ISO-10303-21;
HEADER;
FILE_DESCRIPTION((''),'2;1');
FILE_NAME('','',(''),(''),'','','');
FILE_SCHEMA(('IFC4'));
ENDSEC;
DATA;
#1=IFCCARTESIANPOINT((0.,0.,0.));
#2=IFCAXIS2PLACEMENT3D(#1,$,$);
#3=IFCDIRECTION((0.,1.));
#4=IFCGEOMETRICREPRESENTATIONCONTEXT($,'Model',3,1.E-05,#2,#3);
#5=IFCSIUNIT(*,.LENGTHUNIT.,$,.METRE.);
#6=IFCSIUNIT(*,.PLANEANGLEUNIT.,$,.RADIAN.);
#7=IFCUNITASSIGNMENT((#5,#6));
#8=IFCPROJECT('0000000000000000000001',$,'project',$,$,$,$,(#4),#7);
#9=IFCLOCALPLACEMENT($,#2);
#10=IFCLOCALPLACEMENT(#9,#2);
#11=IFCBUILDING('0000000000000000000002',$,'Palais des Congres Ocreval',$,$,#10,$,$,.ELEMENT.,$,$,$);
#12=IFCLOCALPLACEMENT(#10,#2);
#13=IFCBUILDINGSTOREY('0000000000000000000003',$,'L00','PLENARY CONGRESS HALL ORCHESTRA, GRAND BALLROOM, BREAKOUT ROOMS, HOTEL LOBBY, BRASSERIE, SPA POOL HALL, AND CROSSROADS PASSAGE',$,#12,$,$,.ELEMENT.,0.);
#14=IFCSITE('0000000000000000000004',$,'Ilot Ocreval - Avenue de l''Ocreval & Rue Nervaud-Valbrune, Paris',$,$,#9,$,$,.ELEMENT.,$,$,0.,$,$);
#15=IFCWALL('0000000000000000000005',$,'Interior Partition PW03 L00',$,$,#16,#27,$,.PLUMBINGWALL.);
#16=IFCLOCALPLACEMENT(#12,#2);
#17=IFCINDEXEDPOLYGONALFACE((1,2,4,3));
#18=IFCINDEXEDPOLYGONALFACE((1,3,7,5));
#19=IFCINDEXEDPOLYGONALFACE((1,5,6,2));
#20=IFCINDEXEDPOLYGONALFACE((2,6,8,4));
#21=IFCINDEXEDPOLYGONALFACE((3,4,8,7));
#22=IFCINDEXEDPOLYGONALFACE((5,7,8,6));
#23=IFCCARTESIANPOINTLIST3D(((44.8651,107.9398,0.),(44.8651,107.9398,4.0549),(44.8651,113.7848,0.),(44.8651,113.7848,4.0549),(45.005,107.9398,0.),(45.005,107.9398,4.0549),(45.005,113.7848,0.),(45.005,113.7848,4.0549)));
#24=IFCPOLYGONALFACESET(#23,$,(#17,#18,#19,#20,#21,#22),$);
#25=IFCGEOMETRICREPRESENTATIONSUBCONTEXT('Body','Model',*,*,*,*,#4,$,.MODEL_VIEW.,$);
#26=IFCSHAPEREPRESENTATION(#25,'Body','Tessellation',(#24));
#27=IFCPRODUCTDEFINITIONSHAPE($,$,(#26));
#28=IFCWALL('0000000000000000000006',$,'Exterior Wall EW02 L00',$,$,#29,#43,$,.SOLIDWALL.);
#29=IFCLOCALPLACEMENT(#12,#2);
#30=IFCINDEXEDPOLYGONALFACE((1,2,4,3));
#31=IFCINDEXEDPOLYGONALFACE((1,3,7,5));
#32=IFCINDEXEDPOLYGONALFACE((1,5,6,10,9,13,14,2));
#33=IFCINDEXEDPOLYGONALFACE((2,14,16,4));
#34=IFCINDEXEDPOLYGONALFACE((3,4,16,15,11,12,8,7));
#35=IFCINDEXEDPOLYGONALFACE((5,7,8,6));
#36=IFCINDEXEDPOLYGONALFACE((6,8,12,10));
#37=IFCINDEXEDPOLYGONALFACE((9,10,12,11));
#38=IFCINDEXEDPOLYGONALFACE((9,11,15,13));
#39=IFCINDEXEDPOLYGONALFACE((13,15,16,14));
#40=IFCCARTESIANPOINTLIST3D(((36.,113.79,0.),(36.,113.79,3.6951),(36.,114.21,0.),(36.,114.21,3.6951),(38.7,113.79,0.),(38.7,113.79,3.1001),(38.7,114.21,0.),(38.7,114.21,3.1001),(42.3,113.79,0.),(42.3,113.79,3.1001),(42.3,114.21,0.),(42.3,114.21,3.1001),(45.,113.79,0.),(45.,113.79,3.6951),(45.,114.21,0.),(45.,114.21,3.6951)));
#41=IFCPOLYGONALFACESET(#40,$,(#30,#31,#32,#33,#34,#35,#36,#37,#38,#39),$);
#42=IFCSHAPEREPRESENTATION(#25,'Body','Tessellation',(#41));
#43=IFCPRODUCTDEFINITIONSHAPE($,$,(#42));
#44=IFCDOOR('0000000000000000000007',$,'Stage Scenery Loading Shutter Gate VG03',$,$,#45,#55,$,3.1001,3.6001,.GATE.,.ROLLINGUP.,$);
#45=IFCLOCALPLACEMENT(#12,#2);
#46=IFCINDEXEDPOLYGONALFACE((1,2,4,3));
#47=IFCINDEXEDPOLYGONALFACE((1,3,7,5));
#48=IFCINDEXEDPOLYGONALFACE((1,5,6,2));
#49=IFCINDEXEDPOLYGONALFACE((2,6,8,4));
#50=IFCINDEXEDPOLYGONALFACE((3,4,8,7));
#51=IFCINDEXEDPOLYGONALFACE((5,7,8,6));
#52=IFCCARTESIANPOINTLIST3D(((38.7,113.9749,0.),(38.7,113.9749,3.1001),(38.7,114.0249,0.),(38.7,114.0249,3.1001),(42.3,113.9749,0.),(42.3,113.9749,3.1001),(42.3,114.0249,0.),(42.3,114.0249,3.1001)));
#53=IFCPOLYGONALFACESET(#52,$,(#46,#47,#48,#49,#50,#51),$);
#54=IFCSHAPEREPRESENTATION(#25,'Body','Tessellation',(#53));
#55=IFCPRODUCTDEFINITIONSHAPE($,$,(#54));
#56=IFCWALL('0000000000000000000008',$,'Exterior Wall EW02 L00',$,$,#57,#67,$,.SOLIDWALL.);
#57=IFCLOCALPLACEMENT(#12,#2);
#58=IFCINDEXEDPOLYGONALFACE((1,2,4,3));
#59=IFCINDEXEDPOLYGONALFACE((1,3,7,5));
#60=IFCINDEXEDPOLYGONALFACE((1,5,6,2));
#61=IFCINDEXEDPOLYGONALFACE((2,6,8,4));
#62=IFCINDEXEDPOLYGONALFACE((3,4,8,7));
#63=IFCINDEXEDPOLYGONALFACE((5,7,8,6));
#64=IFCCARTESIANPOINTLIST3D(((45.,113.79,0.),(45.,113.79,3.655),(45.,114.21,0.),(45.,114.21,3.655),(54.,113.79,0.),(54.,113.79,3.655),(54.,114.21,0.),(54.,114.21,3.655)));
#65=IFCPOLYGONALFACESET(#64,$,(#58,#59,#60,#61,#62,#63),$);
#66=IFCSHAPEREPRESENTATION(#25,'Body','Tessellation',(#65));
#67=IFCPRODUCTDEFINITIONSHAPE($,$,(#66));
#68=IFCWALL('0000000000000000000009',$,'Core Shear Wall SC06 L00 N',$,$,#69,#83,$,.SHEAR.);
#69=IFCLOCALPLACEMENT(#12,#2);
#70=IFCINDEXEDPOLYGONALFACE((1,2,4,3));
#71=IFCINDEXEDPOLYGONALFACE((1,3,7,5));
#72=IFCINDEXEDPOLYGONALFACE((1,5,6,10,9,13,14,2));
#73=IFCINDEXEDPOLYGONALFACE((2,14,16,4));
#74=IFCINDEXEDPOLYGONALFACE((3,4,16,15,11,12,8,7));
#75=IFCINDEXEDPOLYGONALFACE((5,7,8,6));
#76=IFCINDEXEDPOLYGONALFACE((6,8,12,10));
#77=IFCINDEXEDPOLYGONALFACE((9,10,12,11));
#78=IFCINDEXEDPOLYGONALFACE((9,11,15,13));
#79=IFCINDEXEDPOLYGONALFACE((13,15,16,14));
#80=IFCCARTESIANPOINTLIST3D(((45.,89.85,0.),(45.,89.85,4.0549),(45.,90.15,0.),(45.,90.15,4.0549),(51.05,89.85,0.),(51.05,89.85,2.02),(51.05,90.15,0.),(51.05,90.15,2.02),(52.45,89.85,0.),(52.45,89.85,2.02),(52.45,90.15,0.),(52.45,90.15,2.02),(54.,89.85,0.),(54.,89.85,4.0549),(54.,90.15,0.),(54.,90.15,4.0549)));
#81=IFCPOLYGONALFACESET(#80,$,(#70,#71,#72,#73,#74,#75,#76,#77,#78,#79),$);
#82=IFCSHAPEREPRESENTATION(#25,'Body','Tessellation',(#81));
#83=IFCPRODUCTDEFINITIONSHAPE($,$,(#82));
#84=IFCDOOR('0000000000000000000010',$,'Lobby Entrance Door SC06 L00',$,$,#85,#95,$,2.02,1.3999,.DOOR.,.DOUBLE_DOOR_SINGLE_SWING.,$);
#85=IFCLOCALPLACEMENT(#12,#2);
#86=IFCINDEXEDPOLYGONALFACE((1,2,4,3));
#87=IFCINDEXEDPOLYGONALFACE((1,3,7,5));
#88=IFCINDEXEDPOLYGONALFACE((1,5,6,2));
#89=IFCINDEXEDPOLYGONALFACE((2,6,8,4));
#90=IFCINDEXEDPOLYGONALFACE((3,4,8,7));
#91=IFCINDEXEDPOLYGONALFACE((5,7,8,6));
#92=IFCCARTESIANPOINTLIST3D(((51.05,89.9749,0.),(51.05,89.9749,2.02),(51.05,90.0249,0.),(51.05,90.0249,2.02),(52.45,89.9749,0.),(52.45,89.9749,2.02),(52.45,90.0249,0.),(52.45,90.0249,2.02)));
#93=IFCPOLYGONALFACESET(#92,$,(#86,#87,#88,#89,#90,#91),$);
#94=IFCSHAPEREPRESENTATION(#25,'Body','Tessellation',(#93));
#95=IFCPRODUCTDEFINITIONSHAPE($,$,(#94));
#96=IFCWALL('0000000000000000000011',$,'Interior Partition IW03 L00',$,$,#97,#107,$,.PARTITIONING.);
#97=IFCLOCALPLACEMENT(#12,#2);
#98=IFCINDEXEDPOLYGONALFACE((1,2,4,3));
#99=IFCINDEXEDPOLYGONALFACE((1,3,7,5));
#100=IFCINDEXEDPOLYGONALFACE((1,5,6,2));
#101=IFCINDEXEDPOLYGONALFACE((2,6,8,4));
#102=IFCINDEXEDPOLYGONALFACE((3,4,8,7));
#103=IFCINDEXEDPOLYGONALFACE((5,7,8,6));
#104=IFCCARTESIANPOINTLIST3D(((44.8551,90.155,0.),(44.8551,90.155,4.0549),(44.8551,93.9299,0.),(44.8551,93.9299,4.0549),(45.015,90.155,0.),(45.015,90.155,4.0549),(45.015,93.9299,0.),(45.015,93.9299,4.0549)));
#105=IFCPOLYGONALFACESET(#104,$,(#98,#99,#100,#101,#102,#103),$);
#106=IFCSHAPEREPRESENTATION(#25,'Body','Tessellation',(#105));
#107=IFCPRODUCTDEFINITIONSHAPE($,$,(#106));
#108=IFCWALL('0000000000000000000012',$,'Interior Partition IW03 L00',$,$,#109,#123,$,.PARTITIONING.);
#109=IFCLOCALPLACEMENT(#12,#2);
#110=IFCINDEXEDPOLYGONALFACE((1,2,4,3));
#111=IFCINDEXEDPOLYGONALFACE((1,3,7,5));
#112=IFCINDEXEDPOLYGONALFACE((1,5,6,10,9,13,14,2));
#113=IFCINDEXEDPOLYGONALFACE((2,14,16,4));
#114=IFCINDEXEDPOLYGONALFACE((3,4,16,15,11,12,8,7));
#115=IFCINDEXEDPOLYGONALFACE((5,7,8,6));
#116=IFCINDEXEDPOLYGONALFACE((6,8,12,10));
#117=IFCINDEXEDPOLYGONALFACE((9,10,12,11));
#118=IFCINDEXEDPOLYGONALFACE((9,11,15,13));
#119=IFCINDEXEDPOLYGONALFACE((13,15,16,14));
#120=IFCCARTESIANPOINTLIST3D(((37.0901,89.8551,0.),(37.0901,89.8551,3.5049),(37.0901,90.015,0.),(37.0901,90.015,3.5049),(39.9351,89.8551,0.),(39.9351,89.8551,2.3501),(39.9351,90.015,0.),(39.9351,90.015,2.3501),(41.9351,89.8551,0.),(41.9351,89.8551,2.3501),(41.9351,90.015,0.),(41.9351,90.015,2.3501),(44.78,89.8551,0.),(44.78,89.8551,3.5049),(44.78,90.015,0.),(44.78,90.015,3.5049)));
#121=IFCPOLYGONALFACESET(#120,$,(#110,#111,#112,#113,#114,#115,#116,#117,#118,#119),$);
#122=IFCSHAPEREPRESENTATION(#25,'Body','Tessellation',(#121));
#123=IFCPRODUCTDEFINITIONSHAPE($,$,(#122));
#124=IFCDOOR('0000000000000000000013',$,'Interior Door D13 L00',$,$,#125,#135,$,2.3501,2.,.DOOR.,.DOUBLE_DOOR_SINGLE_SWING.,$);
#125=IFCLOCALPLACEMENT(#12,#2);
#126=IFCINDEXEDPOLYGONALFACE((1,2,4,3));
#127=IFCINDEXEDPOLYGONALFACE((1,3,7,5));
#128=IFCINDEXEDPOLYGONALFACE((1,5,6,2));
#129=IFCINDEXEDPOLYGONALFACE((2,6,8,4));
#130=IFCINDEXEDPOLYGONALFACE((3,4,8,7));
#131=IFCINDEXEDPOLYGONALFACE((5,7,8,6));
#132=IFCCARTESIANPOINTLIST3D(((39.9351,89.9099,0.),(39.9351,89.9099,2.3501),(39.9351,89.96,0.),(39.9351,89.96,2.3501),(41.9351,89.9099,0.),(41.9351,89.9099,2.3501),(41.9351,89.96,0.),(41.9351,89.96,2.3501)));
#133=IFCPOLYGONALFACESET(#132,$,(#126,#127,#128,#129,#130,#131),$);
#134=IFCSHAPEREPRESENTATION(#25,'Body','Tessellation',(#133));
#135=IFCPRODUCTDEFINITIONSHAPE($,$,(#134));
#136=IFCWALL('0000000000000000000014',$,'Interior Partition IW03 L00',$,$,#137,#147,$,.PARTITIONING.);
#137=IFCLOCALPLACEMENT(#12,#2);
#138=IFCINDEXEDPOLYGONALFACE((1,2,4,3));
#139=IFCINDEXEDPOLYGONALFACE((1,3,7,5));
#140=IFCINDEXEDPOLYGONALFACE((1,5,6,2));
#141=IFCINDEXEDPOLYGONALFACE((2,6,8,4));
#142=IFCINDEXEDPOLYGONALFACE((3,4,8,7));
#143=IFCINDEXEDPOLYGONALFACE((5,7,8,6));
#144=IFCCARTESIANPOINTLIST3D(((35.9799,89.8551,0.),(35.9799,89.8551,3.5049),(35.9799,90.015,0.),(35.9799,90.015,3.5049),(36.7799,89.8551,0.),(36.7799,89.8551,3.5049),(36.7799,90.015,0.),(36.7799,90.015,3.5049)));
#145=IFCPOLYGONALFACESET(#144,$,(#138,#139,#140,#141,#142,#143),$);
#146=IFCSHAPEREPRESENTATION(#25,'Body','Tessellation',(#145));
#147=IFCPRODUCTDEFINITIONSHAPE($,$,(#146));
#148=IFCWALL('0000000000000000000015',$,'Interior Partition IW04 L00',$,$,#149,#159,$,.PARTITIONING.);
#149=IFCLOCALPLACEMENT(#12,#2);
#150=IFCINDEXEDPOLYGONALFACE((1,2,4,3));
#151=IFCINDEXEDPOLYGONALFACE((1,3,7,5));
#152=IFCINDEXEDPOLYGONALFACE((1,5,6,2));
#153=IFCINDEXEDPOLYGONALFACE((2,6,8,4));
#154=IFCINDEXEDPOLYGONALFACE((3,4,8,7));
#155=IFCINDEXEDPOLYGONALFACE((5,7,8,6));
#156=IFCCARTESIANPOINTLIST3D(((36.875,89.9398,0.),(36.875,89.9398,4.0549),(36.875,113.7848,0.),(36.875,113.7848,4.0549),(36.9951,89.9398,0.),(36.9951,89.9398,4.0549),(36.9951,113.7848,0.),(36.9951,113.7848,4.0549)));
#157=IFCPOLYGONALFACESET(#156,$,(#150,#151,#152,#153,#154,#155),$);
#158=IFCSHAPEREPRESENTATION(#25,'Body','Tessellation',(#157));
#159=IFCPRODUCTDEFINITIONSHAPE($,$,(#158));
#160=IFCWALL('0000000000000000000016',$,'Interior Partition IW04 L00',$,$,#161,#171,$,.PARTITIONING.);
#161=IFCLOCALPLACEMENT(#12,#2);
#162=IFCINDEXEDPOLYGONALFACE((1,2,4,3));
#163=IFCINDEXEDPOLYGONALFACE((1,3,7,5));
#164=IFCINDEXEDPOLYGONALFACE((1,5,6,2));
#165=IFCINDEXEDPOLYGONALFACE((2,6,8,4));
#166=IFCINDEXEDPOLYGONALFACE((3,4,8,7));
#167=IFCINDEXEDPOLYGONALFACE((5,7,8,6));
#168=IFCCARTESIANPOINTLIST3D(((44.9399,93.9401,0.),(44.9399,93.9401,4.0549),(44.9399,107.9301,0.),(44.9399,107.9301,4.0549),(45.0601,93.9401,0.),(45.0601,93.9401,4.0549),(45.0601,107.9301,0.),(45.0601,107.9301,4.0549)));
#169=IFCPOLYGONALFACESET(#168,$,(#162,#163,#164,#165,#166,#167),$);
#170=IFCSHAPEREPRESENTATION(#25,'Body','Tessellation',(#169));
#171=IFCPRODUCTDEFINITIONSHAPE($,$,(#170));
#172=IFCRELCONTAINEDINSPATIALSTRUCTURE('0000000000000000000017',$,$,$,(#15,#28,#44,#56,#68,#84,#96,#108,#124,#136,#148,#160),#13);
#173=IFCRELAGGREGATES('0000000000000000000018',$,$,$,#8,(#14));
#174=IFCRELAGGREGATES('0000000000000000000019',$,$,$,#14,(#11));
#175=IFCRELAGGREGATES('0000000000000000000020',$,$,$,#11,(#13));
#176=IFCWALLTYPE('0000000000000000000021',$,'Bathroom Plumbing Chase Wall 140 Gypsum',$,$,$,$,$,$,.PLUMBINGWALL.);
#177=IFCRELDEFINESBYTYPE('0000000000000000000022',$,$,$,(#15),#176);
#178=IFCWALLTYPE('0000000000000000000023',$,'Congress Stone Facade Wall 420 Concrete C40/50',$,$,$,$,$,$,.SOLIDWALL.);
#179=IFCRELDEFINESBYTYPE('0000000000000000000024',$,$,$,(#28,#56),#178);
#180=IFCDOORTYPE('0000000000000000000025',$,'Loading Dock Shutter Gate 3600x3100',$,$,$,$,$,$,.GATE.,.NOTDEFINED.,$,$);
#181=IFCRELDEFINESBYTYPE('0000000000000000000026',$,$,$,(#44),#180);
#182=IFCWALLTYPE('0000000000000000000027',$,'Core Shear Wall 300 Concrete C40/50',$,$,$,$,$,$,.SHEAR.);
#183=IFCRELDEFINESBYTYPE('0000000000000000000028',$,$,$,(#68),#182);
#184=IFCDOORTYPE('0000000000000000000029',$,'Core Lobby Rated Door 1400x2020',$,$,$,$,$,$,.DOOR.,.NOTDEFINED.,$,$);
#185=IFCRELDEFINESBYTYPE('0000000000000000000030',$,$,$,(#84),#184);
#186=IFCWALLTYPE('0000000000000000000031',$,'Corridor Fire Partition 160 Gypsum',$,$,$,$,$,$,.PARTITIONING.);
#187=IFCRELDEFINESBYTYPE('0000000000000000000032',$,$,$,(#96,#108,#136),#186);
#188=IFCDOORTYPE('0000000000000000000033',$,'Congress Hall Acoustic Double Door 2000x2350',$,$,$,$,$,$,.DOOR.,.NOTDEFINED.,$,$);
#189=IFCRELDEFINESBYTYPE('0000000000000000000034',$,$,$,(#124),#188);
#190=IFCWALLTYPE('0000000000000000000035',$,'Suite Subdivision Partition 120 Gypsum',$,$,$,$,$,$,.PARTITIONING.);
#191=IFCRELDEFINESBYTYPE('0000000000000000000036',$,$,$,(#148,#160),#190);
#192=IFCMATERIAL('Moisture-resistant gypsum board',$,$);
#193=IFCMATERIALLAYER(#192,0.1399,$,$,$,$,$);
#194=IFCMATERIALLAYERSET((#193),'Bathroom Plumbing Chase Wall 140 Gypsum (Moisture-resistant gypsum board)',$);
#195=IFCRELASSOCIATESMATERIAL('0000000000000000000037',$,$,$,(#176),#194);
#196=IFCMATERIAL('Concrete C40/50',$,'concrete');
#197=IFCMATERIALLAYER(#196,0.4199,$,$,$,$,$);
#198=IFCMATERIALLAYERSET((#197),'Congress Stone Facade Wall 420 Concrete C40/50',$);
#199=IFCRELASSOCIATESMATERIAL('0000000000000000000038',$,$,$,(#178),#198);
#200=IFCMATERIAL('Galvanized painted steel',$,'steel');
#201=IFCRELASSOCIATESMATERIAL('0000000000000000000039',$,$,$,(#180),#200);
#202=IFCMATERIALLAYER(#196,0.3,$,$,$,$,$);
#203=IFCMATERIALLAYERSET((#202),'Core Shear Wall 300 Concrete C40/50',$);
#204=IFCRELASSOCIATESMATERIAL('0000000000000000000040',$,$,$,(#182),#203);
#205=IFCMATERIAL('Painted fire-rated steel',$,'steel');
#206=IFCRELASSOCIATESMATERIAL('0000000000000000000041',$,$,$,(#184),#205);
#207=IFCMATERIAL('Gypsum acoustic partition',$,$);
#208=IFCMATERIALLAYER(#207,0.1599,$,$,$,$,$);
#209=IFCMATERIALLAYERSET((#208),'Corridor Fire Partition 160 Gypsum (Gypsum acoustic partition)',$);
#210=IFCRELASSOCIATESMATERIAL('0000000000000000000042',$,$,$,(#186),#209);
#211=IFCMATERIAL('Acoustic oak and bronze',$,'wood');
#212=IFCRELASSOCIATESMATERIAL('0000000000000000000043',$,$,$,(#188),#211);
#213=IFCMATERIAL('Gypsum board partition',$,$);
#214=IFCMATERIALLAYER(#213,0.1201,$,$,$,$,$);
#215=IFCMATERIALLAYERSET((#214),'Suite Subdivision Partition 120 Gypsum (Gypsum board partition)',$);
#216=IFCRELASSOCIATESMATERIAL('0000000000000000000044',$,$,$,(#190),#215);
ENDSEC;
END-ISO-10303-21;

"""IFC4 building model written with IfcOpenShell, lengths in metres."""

from ifc_helpers import new_model, si_unit, direction, frame, frame_2d, origin, place, context, subcontext, project, spatial, rectangle, extrude, material, layer, layer_set, type_object, element, fill, save


model = new_model("IFC4")

# Units and contexts
model_context = context("Model", 3, precision=1e-05, world=origin(), true_north=direction((0.0, 1.0)))
body_context = subcontext(model_context, "Body", "Model", "MODEL_VIEW")
ifc_project = project(units=[si_unit("LENGTHUNIT", "METRE"), si_unit("PLANEANGLEUNIT", "RADIAN")], contexts=[model_context])

# Site, building, storey
site_placement = place(None, origin())
site = spatial("IfcSite", under=ifc_project, at=site_placement, Name="Ilot Ocreval - Avenue de l'Ocreval & Rue Nervaud-Valbrune, Paris", CompositionType="ELEMENT", RefElevation=0.0)
building_placement = place(site_placement, origin())
building = spatial("IfcBuilding", under=site, at=building_placement, Name="Palais des Congres Ocreval", CompositionType="ELEMENT")
storey_placement = place(building_placement, origin())
storey = spatial("IfcBuildingStorey", under=building, at=storey_placement, Name="L00", Description="PLENARY CONGRESS HALL ORCHESTRA, GRAND BALLROOM, BREAKOUT ROOMS, HOTEL LOBBY, BRASSERIE, SPA POOL HALL, AND CROSSROADS PASSAGE", CompositionType="ELEMENT", Elevation=0.0)

# Wall
ifc_material_1 = material(Name="Moisture-resistant gypsum board")
ifc_layer_1 = layer(ifc_material_1, 0.1399)
ifc_layer_set_1 = layer_set([ifc_layer_1], Name="Bathroom Plumbing Chase Wall 140 Gypsum (Moisture-resistant gypsum board)")
wall_type_1 = type_object("IfcWallType", Name="Bathroom Plumbing Chase Wall 140 Gypsum", PredefinedType="PLUMBINGWALL", material=ifc_layer_set_1)
wall_1_placement = place(storey_placement, frame((44.9351, 107.9399, 0.0), z_axis=(0.0, 0.0, 1.0), x_axis=(0.0, 1.0, 0.0)))
element("IfcWall", 1, at=wall_1_placement, inside=storey, type_object=wall_type_1, Name="Interior Partition PW03 L00", PredefinedType="PLUMBINGWALL", context=body_context, shape_type="SweptSolid", body=[
    extrude(rectangle(XDim=5.845, YDim=0.1399, at=frame_2d((2.9224, 0.0))), origin(), (0.0, 0.0, 1.0), 4.0549),
])

# Wall, opening, door
ifc_material_2 = material(Name="Concrete C40/50", Category="concrete")
ifc_layer_2 = layer(ifc_material_2, 0.4199)
ifc_layer_set_2 = layer_set([ifc_layer_2], Name="Congress Stone Facade Wall 420 Concrete C40/50")
wall_type_2 = type_object("IfcWallType", Name="Congress Stone Facade Wall 420 Concrete C40/50", PredefinedType="SOLIDWALL", material=ifc_layer_set_2)
wall_2_placement = place(storey_placement, frame((36.0, 114.0, 0.0), z_axis=(0.0, 0.0, 1.0), x_axis=(1.0, 0.0, 0.0)))
wall_2 = element("IfcWall", 2, at=wall_2_placement, inside=storey, type_object=wall_type_2, Name="Exterior Wall EW02 L00", PredefinedType="SOLIDWALL", context=body_context, shape_type="SweptSolid", body=[
    extrude(rectangle(XDim=9.0, YDim=0.4199, at=frame_2d((4.5, 0.0))), origin(), (0.0, 0.0, 1.0), 3.6951),
])
opening_1_placement = place(wall_2_placement, frame((2.7, 0.0, 0.0)))
opening_1 = element("IfcOpeningElement", 3, at=opening_1_placement, cuts=wall_2, PredefinedType="OPENING", context=body_context, shape_type="SweptSolid", body=[
    extrude(rectangle(XDim=3.6001, YDim=3.1001, at=frame_2d((1.8, 1.55))), frame((0.0, 0.22, 0.0), z_axis=(0.0, -1.0, 0.0), x_axis=(1.0, 0.0, 0.0)), (0.0, 0.0, 1.0), 0.4399),
])
ifc_material_3 = material(Name="Galvanized painted steel", Category="steel")
door_type_1 = type_object("IfcDoorType", Name="Loading Dock Shutter Gate 3600x3100", OperationType="NOTDEFINED", PredefinedType="GATE", material=ifc_material_3)
door_1_placement = place(opening_1_placement, origin())
door_1 = element("IfcDoor", 4, at=door_1_placement, inside=storey, type_object=door_type_1, Name="Stage Scenery Loading Shutter Gate VG03", OperationType="ROLLINGUP", OverallHeight=3.1001, OverallWidth=3.6001, PredefinedType="GATE", context=body_context, shape_type="SweptSolid", body=[
    extrude(rectangle(XDim=3.6001, YDim=3.1001, at=frame_2d((1.8, 1.55))), frame((0.0, 0.0249, 0.0), z_axis=(0.0, -1.0, 0.0), x_axis=(1.0, 0.0, 0.0)), (0.0, 0.0, 1.0), 0.05),
])
fill(opening_1, door_1)

# Wall
wall_3_placement = place(storey_placement, frame((45.0, 114.0, 0.0), z_axis=(0.0, 0.0, 1.0), x_axis=(1.0, 0.0, 0.0)))
element("IfcWall", 5, at=wall_3_placement, inside=storey, type_object=wall_type_2, Name="Exterior Wall EW02 L00", PredefinedType="SOLIDWALL", context=body_context, shape_type="SweptSolid", body=[
    extrude(rectangle(XDim=9.0, YDim=0.4199, at=frame_2d((4.5, 0.0))), origin(), (0.0, 0.0, 1.0), 3.655),
])

# Wall, opening, door
ifc_layer_3 = layer(ifc_material_2, 0.3)
ifc_layer_set_3 = layer_set([ifc_layer_3], Name="Core Shear Wall 300 Concrete C40/50")
wall_type_3 = type_object("IfcWallType", Name="Core Shear Wall 300 Concrete C40/50", PredefinedType="SHEAR", material=ifc_layer_set_3)
wall_4_placement = place(storey_placement, frame((45.0, 90.0, 0.0), z_axis=(0.0, 0.0, 1.0), x_axis=(1.0, 0.0, 0.0)))
wall_4 = element("IfcWall", 6, at=wall_4_placement, inside=storey, type_object=wall_type_3, Name="Core Shear Wall SC06 L00 N", PredefinedType="SHEAR", context=body_context, shape_type="SweptSolid", body=[
    extrude(rectangle(XDim=9.0, YDim=0.3, at=frame_2d((4.5, 0.0))), origin(), (0.0, 0.0, 1.0), 4.0549),
])
opening_2_placement = place(wall_4_placement, frame((6.05, 0.0, 0.0)))
opening_2 = element("IfcOpeningElement", 7, at=opening_2_placement, cuts=wall_4, PredefinedType="OPENING", context=body_context, shape_type="SweptSolid", body=[
    extrude(rectangle(XDim=1.3999, YDim=2.02, at=frame_2d((0.7, 1.01))), frame((0.0, 0.1599, 0.0), z_axis=(0.0, -1.0, 0.0), x_axis=(1.0, 0.0, 0.0)), (0.0, 0.0, 1.0), 0.3201),
])
ifc_material_4 = material(Name="Painted fire-rated steel", Category="steel")
door_type_2 = type_object("IfcDoorType", Name="Core Lobby Rated Door 1400x2020", OperationType="NOTDEFINED", PredefinedType="DOOR", material=ifc_material_4)
door_2_placement = place(opening_2_placement, origin())
door_2 = element("IfcDoor", 8, at=door_2_placement, inside=storey, type_object=door_type_2, Name="Lobby Entrance Door SC06 L00", OperationType="DOUBLE_DOOR_SINGLE_SWING", OverallHeight=2.02, OverallWidth=1.3999, PredefinedType="DOOR", context=body_context, shape_type="SweptSolid", body=[
    extrude(rectangle(XDim=1.3999, YDim=2.02, at=frame_2d((0.7, 1.01))), frame((0.0, 0.0249, 0.0), z_axis=(0.0, -1.0, 0.0), x_axis=(1.0, 0.0, 0.0)), (0.0, 0.0, 1.0), 0.05),
])
fill(opening_2, door_2)

# Wall
ifc_material_5 = material(Name="Gypsum acoustic partition")
ifc_layer_4 = layer(ifc_material_5, 0.1599)
ifc_layer_set_4 = layer_set([ifc_layer_4], Name="Corridor Fire Partition 160 Gypsum (Gypsum acoustic partition)")
wall_type_4 = type_object("IfcWallType", Name="Corridor Fire Partition 160 Gypsum", PredefinedType="PARTITIONING", material=ifc_layer_set_4)
wall_5_placement = place(storey_placement, frame((44.9351, 90.155, 0.0), z_axis=(0.0, 0.0, 1.0), x_axis=(0.0, 1.0, 0.0)))
element("IfcWall", 9, at=wall_5_placement, inside=storey, type_object=wall_type_4, Name="Interior Partition IW03 L00", PredefinedType="PARTITIONING", context=body_context, shape_type="SweptSolid", body=[
    extrude(rectangle(XDim=3.7749, YDim=0.1599, at=frame_2d((1.8875, 0.0))), origin(), (0.0, 0.0, 1.0), 4.0549),
])

# Wall, opening, door
wall_6_placement = place(storey_placement, frame((37.0901, 89.9351, 0.0), z_axis=(0.0, 0.0, 1.0), x_axis=(1.0, 0.0, 0.0)))
wall_6 = element("IfcWall", 10, at=wall_6_placement, inside=storey, type_object=wall_type_4, Name="Interior Partition IW03 L00", PredefinedType="PARTITIONING", context=body_context, shape_type="SweptSolid", body=[
    extrude(rectangle(XDim=7.6899, YDim=0.1599, at=frame_2d((3.845, 0.0))), origin(), (0.0, 0.0, 1.0), 3.5049),
])
opening_3_placement = place(wall_6_placement, frame((2.845, 0.0, 0.0)))
opening_3 = element("IfcOpeningElement", 11, at=opening_3_placement, cuts=wall_6, PredefinedType="OPENING", context=body_context, shape_type="SweptSolid", body=[
    extrude(rectangle(XDim=2.0, YDim=2.3501, at=frame_2d((1.0, 1.175))), frame((0.0, 0.0898, 0.0), z_axis=(0.0, -1.0, 0.0), x_axis=(1.0, 0.0, 0.0)), (0.0, 0.0, 1.0), 0.1799),
])
ifc_material_6 = material(Name="Acoustic oak and bronze", Category="wood")
door_type_3 = type_object("IfcDoorType", Name="Congress Hall Acoustic Double Door 2000x2350", OperationType="NOTDEFINED", PredefinedType="DOOR", material=ifc_material_6)
door_3_placement = place(opening_3_placement, origin())
door_3 = element("IfcDoor", 12, at=door_3_placement, inside=storey, type_object=door_type_3, Name="Interior Door D13 L00", OperationType="DOUBLE_DOOR_SINGLE_SWING", OverallHeight=2.3501, OverallWidth=2.0, PredefinedType="DOOR", context=body_context, shape_type="SweptSolid", body=[
    extrude(rectangle(XDim=2.0, YDim=2.3501, at=frame_2d((1.0, 1.175))), frame((0.0, 0.0249, 0.0), z_axis=(0.0, -1.0, 0.0), x_axis=(1.0, 0.0, 0.0)), (0.0, 0.0, 1.0), 0.05),
])
fill(opening_3, door_3)

# Walls
wall_7_placement = place(storey_placement, frame((35.98, 89.9351, 0.0), z_axis=(0.0, 0.0, 1.0), x_axis=(1.0, 0.0, 0.0)))
element("IfcWall", 13, at=wall_7_placement, inside=storey, type_object=wall_type_4, Name="Interior Partition IW03 L00", PredefinedType="PARTITIONING", context=body_context, shape_type="SweptSolid", body=[
    extrude(rectangle(XDim=0.8, YDim=0.1599, at=frame_2d((0.3999, 0.0))), origin(), (0.0, 0.0, 1.0), 3.5049),
])
ifc_material_7 = material(Name="Gypsum board partition")
ifc_layer_5 = layer(ifc_material_7, 0.1201)
ifc_layer_set_5 = layer_set([ifc_layer_5], Name="Suite Subdivision Partition 120 Gypsum (Gypsum board partition)")
wall_type_5 = type_object("IfcWallType", Name="Suite Subdivision Partition 120 Gypsum", PredefinedType="PARTITIONING", material=ifc_layer_set_5)
wall_8_placement = place(storey_placement, frame((36.9351, 89.9399, 0.0), z_axis=(0.0, 0.0, 1.0), x_axis=(0.0, 1.0, 0.0)))
element("IfcWall", 14, at=wall_8_placement, inside=storey, type_object=wall_type_5, Name="Interior Partition IW04 L00", PredefinedType="PARTITIONING", context=body_context, shape_type="SweptSolid", body=[
    extrude(rectangle(XDim=23.845, YDim=0.1201, at=frame_2d((11.9224, 0.0))), origin(), (0.0, 0.0, 1.0), 4.0549),
])
wall_9_placement = place(storey_placement, frame((45.0, 93.9399, 0.0), z_axis=(0.0, 0.0, 1.0), x_axis=(0.0, 1.0, 0.0)))
element("IfcWall", 15, at=wall_9_placement, inside=storey, type_object=wall_type_5, Name="Interior Partition IW04 L00", PredefinedType="PARTITIONING", context=body_context, shape_type="SweptSolid", body=[
    extrude(rectangle(XDim=13.99, YDim=0.1201, at=frame_2d((6.9951, 0.0))), origin(), (0.0, 0.0, 1.0), 4.0549),
])

save(model, "model.ifc")
